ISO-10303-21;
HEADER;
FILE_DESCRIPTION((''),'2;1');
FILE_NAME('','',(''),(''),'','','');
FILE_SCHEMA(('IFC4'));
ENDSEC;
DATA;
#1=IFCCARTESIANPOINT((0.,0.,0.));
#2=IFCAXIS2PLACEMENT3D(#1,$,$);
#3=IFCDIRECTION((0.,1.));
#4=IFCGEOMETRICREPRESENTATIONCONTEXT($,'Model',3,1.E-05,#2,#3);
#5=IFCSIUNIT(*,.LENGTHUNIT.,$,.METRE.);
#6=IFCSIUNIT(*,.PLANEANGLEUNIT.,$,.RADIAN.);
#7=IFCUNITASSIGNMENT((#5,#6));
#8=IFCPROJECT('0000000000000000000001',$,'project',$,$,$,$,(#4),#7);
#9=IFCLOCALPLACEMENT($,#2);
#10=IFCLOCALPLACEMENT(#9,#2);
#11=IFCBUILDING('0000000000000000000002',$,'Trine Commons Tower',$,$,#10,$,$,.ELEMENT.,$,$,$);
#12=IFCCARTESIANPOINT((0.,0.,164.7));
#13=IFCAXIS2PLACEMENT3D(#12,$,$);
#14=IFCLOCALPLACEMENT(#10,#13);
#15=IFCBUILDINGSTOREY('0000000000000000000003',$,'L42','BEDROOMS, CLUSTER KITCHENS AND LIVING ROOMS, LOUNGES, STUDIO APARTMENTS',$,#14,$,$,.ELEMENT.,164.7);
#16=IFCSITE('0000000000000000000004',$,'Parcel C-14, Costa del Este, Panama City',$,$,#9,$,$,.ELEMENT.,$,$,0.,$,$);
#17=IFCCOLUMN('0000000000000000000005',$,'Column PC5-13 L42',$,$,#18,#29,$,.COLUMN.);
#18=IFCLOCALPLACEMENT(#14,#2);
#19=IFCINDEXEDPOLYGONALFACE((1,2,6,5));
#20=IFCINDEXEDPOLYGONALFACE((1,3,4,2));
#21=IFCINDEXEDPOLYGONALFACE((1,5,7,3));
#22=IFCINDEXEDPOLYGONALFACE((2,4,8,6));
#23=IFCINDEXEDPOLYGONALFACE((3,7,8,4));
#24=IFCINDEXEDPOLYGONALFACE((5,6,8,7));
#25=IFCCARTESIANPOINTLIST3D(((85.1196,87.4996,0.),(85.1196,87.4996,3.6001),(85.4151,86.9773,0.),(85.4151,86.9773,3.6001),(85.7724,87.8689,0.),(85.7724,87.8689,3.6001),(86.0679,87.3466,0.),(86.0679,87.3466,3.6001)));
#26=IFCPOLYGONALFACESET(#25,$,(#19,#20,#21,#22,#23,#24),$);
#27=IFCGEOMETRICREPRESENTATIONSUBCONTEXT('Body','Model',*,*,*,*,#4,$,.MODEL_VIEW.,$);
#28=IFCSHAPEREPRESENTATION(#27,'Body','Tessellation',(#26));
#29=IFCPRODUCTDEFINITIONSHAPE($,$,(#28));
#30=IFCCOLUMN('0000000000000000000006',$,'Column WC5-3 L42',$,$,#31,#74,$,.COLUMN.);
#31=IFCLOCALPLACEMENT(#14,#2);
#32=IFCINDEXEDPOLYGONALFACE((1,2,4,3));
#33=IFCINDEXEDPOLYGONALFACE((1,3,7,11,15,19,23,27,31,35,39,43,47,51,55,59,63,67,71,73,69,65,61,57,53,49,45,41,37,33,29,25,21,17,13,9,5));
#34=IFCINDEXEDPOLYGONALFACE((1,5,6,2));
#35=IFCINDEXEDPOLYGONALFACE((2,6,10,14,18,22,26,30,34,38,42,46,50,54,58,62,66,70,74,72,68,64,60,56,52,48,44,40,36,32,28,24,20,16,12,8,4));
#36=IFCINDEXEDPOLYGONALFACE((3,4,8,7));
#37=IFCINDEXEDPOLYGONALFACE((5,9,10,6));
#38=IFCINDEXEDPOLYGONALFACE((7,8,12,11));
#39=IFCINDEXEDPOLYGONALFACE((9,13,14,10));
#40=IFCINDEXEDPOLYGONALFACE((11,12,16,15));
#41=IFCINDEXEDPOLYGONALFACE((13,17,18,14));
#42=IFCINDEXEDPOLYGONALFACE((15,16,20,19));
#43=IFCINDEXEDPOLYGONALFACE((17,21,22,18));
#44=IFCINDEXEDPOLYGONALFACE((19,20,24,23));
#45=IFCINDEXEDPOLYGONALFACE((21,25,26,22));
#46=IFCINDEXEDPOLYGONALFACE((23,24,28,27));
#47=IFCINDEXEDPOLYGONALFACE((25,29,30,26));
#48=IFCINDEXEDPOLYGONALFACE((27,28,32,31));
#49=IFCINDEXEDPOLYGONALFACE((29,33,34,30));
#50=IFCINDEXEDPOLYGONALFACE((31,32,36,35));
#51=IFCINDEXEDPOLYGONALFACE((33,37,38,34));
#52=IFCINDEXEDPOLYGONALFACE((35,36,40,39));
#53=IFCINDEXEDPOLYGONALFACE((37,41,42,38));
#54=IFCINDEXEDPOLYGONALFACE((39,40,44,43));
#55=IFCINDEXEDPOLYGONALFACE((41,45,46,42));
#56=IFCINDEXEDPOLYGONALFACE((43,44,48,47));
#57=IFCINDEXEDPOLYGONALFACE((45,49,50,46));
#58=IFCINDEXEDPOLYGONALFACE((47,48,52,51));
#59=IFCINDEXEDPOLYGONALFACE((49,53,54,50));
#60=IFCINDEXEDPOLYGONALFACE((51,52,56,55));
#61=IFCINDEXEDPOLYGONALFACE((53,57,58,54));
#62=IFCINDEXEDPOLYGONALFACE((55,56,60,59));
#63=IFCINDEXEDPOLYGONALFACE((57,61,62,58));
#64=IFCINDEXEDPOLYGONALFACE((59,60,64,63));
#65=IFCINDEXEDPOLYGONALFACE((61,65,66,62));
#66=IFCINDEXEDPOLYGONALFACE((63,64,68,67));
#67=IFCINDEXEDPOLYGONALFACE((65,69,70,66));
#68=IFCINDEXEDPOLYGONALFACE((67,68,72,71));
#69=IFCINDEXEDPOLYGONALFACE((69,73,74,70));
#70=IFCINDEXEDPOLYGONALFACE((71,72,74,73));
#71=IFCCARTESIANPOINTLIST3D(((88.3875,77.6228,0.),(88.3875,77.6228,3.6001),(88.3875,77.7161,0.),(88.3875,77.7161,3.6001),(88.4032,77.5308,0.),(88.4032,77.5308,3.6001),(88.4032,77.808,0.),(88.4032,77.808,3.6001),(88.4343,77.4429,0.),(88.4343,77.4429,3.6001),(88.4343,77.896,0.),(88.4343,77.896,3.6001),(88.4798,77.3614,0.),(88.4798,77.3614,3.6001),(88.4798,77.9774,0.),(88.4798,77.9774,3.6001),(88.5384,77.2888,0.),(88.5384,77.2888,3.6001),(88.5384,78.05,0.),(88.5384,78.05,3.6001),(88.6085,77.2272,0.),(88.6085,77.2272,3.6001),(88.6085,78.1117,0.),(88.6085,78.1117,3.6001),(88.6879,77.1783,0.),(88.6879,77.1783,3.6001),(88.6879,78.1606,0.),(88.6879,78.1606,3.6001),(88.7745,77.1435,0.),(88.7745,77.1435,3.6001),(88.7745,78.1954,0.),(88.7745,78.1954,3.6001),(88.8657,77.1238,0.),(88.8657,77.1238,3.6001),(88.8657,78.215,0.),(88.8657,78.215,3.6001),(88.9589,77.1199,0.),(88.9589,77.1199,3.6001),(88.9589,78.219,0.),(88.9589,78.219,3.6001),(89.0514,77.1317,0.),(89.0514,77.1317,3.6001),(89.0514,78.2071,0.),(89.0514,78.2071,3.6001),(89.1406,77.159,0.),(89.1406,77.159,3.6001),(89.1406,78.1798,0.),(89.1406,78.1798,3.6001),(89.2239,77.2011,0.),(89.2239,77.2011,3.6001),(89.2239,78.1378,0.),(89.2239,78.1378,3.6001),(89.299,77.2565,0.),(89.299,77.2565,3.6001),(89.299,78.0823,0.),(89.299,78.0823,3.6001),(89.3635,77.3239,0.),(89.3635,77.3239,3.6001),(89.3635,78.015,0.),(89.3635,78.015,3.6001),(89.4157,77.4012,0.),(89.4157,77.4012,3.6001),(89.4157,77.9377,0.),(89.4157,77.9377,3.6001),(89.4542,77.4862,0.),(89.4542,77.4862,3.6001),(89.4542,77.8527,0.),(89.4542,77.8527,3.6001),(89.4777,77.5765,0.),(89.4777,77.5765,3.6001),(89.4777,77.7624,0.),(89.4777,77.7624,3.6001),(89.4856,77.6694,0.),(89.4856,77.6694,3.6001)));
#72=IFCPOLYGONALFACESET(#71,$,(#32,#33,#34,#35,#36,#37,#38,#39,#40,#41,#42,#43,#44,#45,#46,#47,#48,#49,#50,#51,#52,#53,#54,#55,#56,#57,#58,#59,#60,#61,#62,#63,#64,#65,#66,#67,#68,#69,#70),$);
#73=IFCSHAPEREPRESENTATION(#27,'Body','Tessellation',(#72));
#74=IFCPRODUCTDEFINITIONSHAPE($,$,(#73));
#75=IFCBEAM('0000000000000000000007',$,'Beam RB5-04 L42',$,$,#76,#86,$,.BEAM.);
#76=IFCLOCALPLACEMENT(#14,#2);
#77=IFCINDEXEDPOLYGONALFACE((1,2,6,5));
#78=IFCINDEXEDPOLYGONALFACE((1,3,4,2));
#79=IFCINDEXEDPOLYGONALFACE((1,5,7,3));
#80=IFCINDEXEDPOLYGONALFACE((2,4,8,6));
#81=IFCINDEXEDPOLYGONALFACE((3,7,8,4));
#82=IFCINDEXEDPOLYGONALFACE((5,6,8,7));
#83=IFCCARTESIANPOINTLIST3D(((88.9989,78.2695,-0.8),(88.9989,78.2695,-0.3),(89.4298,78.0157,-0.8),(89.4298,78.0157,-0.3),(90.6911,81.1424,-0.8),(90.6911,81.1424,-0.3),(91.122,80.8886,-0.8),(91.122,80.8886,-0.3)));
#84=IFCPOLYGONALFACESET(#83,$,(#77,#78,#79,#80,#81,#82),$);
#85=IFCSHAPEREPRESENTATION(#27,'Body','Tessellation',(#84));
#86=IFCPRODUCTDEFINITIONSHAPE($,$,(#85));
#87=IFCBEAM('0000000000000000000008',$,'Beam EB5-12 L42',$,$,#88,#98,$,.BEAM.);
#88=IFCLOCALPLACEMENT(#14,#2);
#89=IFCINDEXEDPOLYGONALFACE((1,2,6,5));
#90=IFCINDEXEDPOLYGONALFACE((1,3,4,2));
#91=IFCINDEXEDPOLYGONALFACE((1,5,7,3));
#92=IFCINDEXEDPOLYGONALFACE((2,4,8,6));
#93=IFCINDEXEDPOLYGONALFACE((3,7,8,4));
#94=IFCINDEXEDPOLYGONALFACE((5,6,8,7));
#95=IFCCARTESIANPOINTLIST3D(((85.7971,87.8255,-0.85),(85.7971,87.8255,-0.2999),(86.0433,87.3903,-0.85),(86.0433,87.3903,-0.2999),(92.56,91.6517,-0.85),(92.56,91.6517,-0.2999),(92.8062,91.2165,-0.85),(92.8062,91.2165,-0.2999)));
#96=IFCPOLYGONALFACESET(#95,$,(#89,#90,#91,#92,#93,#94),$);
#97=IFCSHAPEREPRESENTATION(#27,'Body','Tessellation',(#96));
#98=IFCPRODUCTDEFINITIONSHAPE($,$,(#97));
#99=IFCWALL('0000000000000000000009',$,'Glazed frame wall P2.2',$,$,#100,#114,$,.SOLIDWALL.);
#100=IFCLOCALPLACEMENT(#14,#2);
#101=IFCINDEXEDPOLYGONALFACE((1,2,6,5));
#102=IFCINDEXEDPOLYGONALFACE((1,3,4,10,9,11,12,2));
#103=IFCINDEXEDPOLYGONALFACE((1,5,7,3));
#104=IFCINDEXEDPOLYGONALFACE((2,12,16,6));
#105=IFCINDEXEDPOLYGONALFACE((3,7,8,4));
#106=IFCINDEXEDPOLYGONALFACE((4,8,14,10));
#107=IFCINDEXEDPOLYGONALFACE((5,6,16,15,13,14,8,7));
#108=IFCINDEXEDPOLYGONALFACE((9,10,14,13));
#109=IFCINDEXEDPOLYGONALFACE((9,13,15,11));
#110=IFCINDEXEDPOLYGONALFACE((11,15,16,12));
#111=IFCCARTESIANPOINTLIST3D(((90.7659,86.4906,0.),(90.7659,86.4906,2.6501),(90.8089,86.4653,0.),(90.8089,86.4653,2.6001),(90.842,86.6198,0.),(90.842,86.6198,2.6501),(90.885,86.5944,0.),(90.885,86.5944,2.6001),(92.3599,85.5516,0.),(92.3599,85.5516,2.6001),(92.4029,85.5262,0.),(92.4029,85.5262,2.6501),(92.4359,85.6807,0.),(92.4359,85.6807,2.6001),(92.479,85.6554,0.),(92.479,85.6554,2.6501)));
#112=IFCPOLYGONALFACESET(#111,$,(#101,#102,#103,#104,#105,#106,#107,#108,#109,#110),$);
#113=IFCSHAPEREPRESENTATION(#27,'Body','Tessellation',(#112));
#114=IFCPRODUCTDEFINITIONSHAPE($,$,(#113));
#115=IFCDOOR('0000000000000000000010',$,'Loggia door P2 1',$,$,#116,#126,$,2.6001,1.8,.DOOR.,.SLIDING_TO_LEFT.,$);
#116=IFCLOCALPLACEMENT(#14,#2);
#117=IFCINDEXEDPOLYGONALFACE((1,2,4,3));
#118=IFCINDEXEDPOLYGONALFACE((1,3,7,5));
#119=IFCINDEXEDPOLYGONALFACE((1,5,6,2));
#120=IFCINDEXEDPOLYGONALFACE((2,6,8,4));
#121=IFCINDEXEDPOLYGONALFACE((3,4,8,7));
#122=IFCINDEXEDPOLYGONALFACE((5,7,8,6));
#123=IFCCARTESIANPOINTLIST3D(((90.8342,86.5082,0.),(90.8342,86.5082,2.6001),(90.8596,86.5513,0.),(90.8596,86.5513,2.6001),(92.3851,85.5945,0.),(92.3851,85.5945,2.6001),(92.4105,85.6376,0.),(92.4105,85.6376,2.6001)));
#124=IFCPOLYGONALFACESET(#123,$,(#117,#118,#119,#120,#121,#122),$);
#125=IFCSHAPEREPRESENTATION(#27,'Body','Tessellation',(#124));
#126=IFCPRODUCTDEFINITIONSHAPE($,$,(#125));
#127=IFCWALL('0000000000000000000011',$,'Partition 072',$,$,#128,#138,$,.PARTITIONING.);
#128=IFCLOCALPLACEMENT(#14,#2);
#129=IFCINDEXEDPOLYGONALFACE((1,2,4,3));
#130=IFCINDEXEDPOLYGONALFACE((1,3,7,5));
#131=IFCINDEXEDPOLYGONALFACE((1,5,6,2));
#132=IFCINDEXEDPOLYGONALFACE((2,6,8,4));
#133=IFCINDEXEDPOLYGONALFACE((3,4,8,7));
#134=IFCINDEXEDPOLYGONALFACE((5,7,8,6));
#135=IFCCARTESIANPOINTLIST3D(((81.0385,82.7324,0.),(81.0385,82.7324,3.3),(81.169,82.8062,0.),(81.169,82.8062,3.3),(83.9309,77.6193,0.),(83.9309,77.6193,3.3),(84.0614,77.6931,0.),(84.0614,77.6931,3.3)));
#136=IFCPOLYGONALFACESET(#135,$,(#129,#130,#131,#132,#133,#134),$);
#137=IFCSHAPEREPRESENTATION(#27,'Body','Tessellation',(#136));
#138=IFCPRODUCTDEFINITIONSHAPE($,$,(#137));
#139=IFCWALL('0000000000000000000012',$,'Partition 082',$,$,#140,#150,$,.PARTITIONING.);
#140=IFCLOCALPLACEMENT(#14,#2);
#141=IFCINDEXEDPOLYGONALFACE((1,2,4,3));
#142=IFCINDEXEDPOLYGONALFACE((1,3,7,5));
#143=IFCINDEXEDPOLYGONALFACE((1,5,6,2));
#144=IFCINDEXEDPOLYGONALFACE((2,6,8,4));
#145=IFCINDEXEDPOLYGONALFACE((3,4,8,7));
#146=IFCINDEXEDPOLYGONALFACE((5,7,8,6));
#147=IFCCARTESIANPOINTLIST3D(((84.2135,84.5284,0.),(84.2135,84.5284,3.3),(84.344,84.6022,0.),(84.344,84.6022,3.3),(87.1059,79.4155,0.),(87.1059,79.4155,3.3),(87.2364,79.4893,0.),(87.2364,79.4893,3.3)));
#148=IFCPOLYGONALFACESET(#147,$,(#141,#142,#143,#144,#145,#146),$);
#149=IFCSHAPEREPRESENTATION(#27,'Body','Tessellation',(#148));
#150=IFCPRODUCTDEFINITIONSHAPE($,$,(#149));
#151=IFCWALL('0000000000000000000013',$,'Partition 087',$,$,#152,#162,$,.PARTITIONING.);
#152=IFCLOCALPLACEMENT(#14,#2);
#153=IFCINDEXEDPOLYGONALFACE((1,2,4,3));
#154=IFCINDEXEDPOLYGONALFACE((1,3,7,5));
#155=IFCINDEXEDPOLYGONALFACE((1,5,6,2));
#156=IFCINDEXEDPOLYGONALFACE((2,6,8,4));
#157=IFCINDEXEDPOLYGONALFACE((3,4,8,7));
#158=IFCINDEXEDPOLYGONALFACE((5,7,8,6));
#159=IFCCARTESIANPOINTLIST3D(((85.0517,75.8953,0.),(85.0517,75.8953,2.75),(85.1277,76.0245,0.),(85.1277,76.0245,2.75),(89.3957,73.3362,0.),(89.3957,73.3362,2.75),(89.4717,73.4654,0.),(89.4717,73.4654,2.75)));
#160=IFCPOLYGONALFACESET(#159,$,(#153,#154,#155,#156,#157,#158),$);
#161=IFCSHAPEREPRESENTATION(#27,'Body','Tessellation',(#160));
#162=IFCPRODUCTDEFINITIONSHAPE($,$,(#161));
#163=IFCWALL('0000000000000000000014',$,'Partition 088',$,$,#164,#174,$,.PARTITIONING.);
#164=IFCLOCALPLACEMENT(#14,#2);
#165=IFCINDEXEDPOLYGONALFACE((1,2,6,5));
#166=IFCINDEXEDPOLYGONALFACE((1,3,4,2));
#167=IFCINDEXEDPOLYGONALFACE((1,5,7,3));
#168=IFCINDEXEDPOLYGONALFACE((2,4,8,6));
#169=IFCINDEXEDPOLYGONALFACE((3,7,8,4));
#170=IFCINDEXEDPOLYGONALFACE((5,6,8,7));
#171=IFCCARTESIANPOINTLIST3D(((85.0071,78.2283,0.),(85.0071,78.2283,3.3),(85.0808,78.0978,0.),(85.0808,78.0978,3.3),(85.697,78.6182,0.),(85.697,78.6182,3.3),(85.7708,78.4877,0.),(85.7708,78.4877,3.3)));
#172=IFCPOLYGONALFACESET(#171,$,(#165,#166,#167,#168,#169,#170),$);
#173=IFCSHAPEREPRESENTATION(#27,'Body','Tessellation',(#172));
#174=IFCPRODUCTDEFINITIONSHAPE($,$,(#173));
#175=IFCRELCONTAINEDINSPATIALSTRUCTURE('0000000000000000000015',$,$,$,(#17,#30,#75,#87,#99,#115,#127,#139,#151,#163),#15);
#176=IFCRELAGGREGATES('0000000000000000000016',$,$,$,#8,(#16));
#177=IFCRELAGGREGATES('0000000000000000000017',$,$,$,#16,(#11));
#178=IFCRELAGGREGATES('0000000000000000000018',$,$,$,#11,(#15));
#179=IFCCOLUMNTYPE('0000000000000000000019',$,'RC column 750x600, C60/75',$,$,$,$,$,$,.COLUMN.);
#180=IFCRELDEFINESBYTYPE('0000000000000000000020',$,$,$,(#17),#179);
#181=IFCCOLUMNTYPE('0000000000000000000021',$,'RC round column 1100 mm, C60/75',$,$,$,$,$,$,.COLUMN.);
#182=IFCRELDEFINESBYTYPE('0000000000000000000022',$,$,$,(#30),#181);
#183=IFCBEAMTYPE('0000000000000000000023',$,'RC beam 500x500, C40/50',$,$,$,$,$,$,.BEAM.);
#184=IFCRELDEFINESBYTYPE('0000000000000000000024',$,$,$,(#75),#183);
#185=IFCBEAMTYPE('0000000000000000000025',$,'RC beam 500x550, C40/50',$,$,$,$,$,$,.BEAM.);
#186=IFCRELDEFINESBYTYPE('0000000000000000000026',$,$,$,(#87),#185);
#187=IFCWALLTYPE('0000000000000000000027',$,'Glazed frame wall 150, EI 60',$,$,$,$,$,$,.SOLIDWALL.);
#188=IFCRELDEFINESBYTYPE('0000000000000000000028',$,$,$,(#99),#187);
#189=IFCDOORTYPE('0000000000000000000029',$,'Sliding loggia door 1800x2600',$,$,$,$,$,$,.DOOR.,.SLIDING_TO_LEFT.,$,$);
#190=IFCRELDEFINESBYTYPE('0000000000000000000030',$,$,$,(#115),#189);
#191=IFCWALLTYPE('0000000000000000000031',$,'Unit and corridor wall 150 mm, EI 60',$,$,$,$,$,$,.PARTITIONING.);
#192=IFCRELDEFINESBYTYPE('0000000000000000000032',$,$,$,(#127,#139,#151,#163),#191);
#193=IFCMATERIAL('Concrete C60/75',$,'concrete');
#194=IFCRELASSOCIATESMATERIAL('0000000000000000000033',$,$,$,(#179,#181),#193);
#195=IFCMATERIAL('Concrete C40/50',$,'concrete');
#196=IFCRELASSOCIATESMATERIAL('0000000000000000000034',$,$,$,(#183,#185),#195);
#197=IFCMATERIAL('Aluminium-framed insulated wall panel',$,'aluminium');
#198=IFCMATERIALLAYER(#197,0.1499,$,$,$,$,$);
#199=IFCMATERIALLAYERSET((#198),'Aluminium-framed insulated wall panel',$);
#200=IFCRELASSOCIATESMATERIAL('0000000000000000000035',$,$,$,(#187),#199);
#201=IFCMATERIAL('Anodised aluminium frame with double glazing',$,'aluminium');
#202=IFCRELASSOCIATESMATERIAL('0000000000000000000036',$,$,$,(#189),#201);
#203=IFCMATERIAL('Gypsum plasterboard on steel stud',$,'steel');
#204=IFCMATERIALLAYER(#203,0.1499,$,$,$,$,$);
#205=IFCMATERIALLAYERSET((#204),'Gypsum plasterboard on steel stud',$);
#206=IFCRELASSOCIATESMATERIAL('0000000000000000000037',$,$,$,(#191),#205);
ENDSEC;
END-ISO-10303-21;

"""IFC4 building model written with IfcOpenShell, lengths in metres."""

from ifc_helpers import new_model, si_unit, direction, frame, frame_2d, origin, origin_2d, place, context, subcontext, project, spatial, polyline, rectangle, circle, outline, extrude, material, layer, layer_set, material_profile, profile_set, type_object, element, fill, save


model = new_model("IFC4")

# Units and contexts
model_context = context("Model", 3, precision=1e-05, world=origin(), true_north=direction((0.0, 1.0)))
body_context = subcontext(model_context, "Body", "Model", "MODEL_VIEW")
ifc_project = project(units=[si_unit("LENGTHUNIT", "METRE"), si_unit("PLANEANGLEUNIT", "RADIAN")], contexts=[model_context])

# Site, building, storey
site_placement = place(None, origin())
site = spatial("IfcSite", under=ifc_project, at=site_placement, Name="Parcel C-14, Costa del Este, Panama City", CompositionType="ELEMENT", RefElevation=0.0)
building_placement = place(site_placement, origin())
building = spatial("IfcBuilding", under=site, at=building_placement, Name="Trine Commons Tower", CompositionType="ELEMENT")
storey_placement = place(building_placement, frame((0.0, 0.0, 164.7)))
storey = spatial("IfcBuildingStorey", under=building, at=storey_placement, Name="L42", Description="BEDROOMS, CLUSTER KITCHENS AND LIVING ROOMS, LOUNGES, STUDIO APARTMENTS", CompositionType="ELEMENT", Elevation=164.7)

# Columns
ifc_material_1 = material(Name="Concrete C60/75", Category="concrete")
ifc_material_profile_1 = material_profile(ifc_material_1, rectangle(XDim=0.75, YDim=0.6001, at=origin_2d()), Name="RC 750x600")
ifc_profile_set_1 = profile_set([ifc_material_profile_1], Name="Concrete C60/75")
column_type_1 = type_object("IfcColumnType", Name="RC column 750x600, C60/75", PredefinedType="COLUMN", material=ifc_profile_set_1)
column_1_placement = place(storey_placement, frame((85.5938, 87.4231, 0.0), z_axis=(0.0, 0.0, 1.0), x_axis=(0.870356, 0.492424, 0.0)))
element("IfcColumn", 1, at=column_1_placement, inside=storey, type_object=column_type_1, Name="Column PC5-13 L42", PredefinedType="COLUMN", context=body_context, shape_type="SweptSolid", body=[
    extrude(rectangle(XDim=0.75, YDim=0.6001, at=origin_2d()), origin(), (0.0, 0.0, 1.0), 3.6001),
])
ifc_material_profile_2 = material_profile(ifc_material_1, circle(Radius=0.55, at=origin_2d()), Name="RC round 1100")
ifc_profile_set_2 = profile_set([ifc_material_profile_2], Name="Concrete C60/75")
column_type_2 = type_object("IfcColumnType", Name="RC round column 1100 mm, C60/75", PredefinedType="COLUMN", material=ifc_profile_set_2)
column_2_placement = place(storey_placement, frame((88.9355, 77.6694, 0.0), z_axis=(0.0, 0.0, 1.0), x_axis=(1.0, 0.0, 0.0)))
element("IfcColumn", 2, at=column_2_placement, inside=storey, type_object=column_type_2, Name="Column WC5-3 L42", PredefinedType="COLUMN", context=body_context, shape_type="SweptSolid", body=[
    extrude(circle(Radius=0.55, at=origin_2d()), origin(), (0.0, 0.0, 1.0), 3.6001),
])

# Beams
ifc_material_2 = material(Name="Concrete C40/50", Category="concrete")
ifc_material_profile_3 = material_profile(ifc_material_2, rectangle(XDim=0.5, YDim=0.5, at=origin_2d()), Name="RC 500x500")
ifc_profile_set_3 = profile_set([ifc_material_profile_3], Name="Concrete C40/50")
beam_type_1 = type_object("IfcBeamType", Name="RC beam 500x500, C40/50", PredefinedType="BEAM", material=ifc_profile_set_3)
beam_1_placement = place(storey_placement, frame((89.2144, 78.1426, -0.55), z_axis=(0.507522, 0.861639, 0.0), x_axis=(-0.861639, 0.507522, 0.0)))
element("IfcBeam", 3, at=beam_1_placement, inside=storey, type_object=beam_type_1, Name="Beam RB5-04 L42", PredefinedType="BEAM", context=body_context, shape_type="SweptSolid", body=[
    extrude(rectangle(XDim=0.5, YDim=0.5, at=origin_2d()), origin(), (0.0, 0.0, 1.0), 3.3342),
])
ifc_material_profile_4 = material_profile(ifc_material_2, rectangle(XDim=0.5, YDim=0.55, at=origin_2d()), Name="RC 500x550")
ifc_profile_set_4 = profile_set([ifc_material_profile_4], Name="Concrete C40/50")
beam_type_2 = type_object("IfcBeamType", Name="RC beam 500x550, C40/50", PredefinedType="BEAM", material=ifc_profile_set_4)
beam_2_placement = place(storey_placement, frame((85.9202, 87.6079, -0.575), z_axis=(0.870362, 0.492412, 0.0), x_axis=(-0.492412, 0.870362, 0.0)))
element("IfcBeam", 4, at=beam_2_placement, inside=storey, type_object=beam_type_2, Name="Beam EB5-12 L42", PredefinedType="BEAM", context=body_context, shape_type="SweptSolid", body=[
    extrude(rectangle(XDim=0.5, YDim=0.55, at=origin_2d()), origin(), (0.0, 0.0, 1.0), 7.7703),
])

# Shared definitions
ifc_material_3 = material(Name="Aluminium-framed insulated wall panel", Category="aluminium")
ifc_layer_1 = layer(ifc_material_3, 0.1499)
ifc_layer_set_1 = layer_set([ifc_layer_1], Name="Aluminium-framed insulated wall panel")
wall_type_1 = type_object("IfcWallType", Name="Glazed frame wall 150, EI 60", PredefinedType="SOLIDWALL", material=ifc_layer_set_1)

# Wall, opening, door
wall_1_placement = place(storey_placement, frame((90.804, 86.5552, 0.0), z_axis=(0.0, 0.0, 1.0), x_axis=(0.861604, -0.507582, 0.0)))
wall_1 = element("IfcWall", 5, at=wall_1_placement, inside=storey, type_object=wall_type_1, Name="Glazed frame wall P2.2", PredefinedType="SOLIDWALL", context=body_context, shape_type="SweptSolid", body=[
    extrude(outline(polyline([(0.0, -0.075), (1.8999, -0.075), (1.8999, 0.075), (0.0, 0.075), (0.0, -0.075)])), origin(), (0.0, 0.0, 1.0), 2.6501),
])
opening_1_placement = place(wall_1_placement, frame((0.05, 0.0, 0.0)))
opening_1 = element("IfcOpeningElement", 6, at=opening_1_placement, cuts=wall_1, PredefinedType="OPENING", context=body_context, shape_type="SweptSolid", body=[
    extrude(rectangle(XDim=1.8, YDim=2.6001, at=frame_2d((0.8999, 1.3))), frame((0.0, 0.085, 0.0), z_axis=(0.0, -1.0, 0.0), x_axis=(1.0, 0.0, 0.0)), (0.0, 0.0, 1.0), 0.1699),
])
ifc_material_4 = material(Name="Anodised aluminium frame with double glazing", Category="aluminium")
door_type_1 = type_object("IfcDoorType", Name="Sliding loggia door 1800x2600", OperationType="SLIDING_TO_LEFT", PredefinedType="DOOR", material=ifc_material_4)
door_1_placement = place(opening_1_placement, origin())
door_1 = element("IfcDoor", 7, at=door_1_placement, inside=storey, type_object=door_type_1, Name="Loggia door P2 1", OperationType="SLIDING_TO_LEFT", OverallHeight=2.6001, OverallWidth=1.8, PredefinedType="DOOR", context=body_context, shape_type="SweptSolid", body=[
    extrude(rectangle(XDim=1.8, YDim=2.6001, at=frame_2d((0.8999, 1.3))), frame((0.0, 0.0249, 0.0), z_axis=(0.0, -1.0, 0.0), x_axis=(1.0, 0.0, 0.0)), (0.0, 0.0, 1.0), 0.05),
])
fill(opening_1, door_1)

# Walls
ifc_material_5 = material(Name="Gypsum plasterboard on steel stud", Category="steel")
ifc_layer_2 = layer(ifc_material_5, 0.1499)
ifc_layer_set_2 = layer_set([ifc_layer_2], Name="Gypsum plasterboard on steel stud")
wall_type_2 = type_object("IfcWallType", Name="Unit and corridor wall 150 mm, EI 60", PredefinedType="PARTITIONING", material=ifc_layer_set_2)
wall_2_placement = place(storey_placement, frame((81.1038, 82.7693, 0.0), z_axis=(0.0, 0.0, 1.0), x_axis=(0.492361, -0.870391, 0.0)))
element("IfcWall", 8, at=wall_2_placement, inside=storey, type_object=wall_type_2, Name="Partition 072", PredefinedType="PARTITIONING", context=body_context, shape_type="SweptSolid", body=[
    extrude(rectangle(XDim=5.8745, YDim=0.1499, at=frame_2d((2.9373, 0.0))), origin(), (0.0, 0.0, 1.0), 3.3),
])
wall_3_placement = place(storey_placement, frame((84.2788, 84.5652, 0.0), z_axis=(0.0, 0.0, 1.0), x_axis=(0.492379, -0.870381, 0.0)))
element("IfcWall", 9, at=wall_3_placement, inside=storey, type_object=wall_type_2, Name="Partition 082", PredefinedType="PARTITIONING", context=body_context, shape_type="SweptSolid", body=[
    extrude(rectangle(XDim=5.8743, YDim=0.1499, at=frame_2d((2.937, 0.0))), origin(), (0.0, 0.0, 1.0), 3.3),
])
wall_4_placement = place(storey_placement, frame((85.0896, 75.96, 0.0), z_axis=(0.0, 0.0, 1.0), x_axis=(0.861605, -0.507579, 0.0)))
element("IfcWall", 10, at=wall_4_placement, inside=storey, type_object=wall_type_2, Name="Partition 087", PredefinedType="PARTITIONING", context=body_context, shape_type="SweptSolid", body=[
    extrude(rectangle(XDim=5.0417, YDim=0.1499, at=frame_2d((2.521, 0.0))), origin(), (0.0, 0.0, 1.0), 2.75),
])
wall_5_placement = place(storey_placement, frame((85.0439, 78.1631, 0.0), z_axis=(0.0, 0.0, 1.0), x_axis=(0.870603, 0.491986, 0.0)))
element("IfcWall", 11, at=wall_5_placement, inside=storey, type_object=wall_type_2, Name="Partition 088", PredefinedType="PARTITIONING", context=body_context, shape_type="SweptSolid", body=[
    extrude(rectangle(XDim=0.7925, YDim=0.1499, at=frame_2d((0.3962, 0.0))), origin(), (0.0, 0.0, 1.0), 3.3),
])

save(model, "model.ifc")
